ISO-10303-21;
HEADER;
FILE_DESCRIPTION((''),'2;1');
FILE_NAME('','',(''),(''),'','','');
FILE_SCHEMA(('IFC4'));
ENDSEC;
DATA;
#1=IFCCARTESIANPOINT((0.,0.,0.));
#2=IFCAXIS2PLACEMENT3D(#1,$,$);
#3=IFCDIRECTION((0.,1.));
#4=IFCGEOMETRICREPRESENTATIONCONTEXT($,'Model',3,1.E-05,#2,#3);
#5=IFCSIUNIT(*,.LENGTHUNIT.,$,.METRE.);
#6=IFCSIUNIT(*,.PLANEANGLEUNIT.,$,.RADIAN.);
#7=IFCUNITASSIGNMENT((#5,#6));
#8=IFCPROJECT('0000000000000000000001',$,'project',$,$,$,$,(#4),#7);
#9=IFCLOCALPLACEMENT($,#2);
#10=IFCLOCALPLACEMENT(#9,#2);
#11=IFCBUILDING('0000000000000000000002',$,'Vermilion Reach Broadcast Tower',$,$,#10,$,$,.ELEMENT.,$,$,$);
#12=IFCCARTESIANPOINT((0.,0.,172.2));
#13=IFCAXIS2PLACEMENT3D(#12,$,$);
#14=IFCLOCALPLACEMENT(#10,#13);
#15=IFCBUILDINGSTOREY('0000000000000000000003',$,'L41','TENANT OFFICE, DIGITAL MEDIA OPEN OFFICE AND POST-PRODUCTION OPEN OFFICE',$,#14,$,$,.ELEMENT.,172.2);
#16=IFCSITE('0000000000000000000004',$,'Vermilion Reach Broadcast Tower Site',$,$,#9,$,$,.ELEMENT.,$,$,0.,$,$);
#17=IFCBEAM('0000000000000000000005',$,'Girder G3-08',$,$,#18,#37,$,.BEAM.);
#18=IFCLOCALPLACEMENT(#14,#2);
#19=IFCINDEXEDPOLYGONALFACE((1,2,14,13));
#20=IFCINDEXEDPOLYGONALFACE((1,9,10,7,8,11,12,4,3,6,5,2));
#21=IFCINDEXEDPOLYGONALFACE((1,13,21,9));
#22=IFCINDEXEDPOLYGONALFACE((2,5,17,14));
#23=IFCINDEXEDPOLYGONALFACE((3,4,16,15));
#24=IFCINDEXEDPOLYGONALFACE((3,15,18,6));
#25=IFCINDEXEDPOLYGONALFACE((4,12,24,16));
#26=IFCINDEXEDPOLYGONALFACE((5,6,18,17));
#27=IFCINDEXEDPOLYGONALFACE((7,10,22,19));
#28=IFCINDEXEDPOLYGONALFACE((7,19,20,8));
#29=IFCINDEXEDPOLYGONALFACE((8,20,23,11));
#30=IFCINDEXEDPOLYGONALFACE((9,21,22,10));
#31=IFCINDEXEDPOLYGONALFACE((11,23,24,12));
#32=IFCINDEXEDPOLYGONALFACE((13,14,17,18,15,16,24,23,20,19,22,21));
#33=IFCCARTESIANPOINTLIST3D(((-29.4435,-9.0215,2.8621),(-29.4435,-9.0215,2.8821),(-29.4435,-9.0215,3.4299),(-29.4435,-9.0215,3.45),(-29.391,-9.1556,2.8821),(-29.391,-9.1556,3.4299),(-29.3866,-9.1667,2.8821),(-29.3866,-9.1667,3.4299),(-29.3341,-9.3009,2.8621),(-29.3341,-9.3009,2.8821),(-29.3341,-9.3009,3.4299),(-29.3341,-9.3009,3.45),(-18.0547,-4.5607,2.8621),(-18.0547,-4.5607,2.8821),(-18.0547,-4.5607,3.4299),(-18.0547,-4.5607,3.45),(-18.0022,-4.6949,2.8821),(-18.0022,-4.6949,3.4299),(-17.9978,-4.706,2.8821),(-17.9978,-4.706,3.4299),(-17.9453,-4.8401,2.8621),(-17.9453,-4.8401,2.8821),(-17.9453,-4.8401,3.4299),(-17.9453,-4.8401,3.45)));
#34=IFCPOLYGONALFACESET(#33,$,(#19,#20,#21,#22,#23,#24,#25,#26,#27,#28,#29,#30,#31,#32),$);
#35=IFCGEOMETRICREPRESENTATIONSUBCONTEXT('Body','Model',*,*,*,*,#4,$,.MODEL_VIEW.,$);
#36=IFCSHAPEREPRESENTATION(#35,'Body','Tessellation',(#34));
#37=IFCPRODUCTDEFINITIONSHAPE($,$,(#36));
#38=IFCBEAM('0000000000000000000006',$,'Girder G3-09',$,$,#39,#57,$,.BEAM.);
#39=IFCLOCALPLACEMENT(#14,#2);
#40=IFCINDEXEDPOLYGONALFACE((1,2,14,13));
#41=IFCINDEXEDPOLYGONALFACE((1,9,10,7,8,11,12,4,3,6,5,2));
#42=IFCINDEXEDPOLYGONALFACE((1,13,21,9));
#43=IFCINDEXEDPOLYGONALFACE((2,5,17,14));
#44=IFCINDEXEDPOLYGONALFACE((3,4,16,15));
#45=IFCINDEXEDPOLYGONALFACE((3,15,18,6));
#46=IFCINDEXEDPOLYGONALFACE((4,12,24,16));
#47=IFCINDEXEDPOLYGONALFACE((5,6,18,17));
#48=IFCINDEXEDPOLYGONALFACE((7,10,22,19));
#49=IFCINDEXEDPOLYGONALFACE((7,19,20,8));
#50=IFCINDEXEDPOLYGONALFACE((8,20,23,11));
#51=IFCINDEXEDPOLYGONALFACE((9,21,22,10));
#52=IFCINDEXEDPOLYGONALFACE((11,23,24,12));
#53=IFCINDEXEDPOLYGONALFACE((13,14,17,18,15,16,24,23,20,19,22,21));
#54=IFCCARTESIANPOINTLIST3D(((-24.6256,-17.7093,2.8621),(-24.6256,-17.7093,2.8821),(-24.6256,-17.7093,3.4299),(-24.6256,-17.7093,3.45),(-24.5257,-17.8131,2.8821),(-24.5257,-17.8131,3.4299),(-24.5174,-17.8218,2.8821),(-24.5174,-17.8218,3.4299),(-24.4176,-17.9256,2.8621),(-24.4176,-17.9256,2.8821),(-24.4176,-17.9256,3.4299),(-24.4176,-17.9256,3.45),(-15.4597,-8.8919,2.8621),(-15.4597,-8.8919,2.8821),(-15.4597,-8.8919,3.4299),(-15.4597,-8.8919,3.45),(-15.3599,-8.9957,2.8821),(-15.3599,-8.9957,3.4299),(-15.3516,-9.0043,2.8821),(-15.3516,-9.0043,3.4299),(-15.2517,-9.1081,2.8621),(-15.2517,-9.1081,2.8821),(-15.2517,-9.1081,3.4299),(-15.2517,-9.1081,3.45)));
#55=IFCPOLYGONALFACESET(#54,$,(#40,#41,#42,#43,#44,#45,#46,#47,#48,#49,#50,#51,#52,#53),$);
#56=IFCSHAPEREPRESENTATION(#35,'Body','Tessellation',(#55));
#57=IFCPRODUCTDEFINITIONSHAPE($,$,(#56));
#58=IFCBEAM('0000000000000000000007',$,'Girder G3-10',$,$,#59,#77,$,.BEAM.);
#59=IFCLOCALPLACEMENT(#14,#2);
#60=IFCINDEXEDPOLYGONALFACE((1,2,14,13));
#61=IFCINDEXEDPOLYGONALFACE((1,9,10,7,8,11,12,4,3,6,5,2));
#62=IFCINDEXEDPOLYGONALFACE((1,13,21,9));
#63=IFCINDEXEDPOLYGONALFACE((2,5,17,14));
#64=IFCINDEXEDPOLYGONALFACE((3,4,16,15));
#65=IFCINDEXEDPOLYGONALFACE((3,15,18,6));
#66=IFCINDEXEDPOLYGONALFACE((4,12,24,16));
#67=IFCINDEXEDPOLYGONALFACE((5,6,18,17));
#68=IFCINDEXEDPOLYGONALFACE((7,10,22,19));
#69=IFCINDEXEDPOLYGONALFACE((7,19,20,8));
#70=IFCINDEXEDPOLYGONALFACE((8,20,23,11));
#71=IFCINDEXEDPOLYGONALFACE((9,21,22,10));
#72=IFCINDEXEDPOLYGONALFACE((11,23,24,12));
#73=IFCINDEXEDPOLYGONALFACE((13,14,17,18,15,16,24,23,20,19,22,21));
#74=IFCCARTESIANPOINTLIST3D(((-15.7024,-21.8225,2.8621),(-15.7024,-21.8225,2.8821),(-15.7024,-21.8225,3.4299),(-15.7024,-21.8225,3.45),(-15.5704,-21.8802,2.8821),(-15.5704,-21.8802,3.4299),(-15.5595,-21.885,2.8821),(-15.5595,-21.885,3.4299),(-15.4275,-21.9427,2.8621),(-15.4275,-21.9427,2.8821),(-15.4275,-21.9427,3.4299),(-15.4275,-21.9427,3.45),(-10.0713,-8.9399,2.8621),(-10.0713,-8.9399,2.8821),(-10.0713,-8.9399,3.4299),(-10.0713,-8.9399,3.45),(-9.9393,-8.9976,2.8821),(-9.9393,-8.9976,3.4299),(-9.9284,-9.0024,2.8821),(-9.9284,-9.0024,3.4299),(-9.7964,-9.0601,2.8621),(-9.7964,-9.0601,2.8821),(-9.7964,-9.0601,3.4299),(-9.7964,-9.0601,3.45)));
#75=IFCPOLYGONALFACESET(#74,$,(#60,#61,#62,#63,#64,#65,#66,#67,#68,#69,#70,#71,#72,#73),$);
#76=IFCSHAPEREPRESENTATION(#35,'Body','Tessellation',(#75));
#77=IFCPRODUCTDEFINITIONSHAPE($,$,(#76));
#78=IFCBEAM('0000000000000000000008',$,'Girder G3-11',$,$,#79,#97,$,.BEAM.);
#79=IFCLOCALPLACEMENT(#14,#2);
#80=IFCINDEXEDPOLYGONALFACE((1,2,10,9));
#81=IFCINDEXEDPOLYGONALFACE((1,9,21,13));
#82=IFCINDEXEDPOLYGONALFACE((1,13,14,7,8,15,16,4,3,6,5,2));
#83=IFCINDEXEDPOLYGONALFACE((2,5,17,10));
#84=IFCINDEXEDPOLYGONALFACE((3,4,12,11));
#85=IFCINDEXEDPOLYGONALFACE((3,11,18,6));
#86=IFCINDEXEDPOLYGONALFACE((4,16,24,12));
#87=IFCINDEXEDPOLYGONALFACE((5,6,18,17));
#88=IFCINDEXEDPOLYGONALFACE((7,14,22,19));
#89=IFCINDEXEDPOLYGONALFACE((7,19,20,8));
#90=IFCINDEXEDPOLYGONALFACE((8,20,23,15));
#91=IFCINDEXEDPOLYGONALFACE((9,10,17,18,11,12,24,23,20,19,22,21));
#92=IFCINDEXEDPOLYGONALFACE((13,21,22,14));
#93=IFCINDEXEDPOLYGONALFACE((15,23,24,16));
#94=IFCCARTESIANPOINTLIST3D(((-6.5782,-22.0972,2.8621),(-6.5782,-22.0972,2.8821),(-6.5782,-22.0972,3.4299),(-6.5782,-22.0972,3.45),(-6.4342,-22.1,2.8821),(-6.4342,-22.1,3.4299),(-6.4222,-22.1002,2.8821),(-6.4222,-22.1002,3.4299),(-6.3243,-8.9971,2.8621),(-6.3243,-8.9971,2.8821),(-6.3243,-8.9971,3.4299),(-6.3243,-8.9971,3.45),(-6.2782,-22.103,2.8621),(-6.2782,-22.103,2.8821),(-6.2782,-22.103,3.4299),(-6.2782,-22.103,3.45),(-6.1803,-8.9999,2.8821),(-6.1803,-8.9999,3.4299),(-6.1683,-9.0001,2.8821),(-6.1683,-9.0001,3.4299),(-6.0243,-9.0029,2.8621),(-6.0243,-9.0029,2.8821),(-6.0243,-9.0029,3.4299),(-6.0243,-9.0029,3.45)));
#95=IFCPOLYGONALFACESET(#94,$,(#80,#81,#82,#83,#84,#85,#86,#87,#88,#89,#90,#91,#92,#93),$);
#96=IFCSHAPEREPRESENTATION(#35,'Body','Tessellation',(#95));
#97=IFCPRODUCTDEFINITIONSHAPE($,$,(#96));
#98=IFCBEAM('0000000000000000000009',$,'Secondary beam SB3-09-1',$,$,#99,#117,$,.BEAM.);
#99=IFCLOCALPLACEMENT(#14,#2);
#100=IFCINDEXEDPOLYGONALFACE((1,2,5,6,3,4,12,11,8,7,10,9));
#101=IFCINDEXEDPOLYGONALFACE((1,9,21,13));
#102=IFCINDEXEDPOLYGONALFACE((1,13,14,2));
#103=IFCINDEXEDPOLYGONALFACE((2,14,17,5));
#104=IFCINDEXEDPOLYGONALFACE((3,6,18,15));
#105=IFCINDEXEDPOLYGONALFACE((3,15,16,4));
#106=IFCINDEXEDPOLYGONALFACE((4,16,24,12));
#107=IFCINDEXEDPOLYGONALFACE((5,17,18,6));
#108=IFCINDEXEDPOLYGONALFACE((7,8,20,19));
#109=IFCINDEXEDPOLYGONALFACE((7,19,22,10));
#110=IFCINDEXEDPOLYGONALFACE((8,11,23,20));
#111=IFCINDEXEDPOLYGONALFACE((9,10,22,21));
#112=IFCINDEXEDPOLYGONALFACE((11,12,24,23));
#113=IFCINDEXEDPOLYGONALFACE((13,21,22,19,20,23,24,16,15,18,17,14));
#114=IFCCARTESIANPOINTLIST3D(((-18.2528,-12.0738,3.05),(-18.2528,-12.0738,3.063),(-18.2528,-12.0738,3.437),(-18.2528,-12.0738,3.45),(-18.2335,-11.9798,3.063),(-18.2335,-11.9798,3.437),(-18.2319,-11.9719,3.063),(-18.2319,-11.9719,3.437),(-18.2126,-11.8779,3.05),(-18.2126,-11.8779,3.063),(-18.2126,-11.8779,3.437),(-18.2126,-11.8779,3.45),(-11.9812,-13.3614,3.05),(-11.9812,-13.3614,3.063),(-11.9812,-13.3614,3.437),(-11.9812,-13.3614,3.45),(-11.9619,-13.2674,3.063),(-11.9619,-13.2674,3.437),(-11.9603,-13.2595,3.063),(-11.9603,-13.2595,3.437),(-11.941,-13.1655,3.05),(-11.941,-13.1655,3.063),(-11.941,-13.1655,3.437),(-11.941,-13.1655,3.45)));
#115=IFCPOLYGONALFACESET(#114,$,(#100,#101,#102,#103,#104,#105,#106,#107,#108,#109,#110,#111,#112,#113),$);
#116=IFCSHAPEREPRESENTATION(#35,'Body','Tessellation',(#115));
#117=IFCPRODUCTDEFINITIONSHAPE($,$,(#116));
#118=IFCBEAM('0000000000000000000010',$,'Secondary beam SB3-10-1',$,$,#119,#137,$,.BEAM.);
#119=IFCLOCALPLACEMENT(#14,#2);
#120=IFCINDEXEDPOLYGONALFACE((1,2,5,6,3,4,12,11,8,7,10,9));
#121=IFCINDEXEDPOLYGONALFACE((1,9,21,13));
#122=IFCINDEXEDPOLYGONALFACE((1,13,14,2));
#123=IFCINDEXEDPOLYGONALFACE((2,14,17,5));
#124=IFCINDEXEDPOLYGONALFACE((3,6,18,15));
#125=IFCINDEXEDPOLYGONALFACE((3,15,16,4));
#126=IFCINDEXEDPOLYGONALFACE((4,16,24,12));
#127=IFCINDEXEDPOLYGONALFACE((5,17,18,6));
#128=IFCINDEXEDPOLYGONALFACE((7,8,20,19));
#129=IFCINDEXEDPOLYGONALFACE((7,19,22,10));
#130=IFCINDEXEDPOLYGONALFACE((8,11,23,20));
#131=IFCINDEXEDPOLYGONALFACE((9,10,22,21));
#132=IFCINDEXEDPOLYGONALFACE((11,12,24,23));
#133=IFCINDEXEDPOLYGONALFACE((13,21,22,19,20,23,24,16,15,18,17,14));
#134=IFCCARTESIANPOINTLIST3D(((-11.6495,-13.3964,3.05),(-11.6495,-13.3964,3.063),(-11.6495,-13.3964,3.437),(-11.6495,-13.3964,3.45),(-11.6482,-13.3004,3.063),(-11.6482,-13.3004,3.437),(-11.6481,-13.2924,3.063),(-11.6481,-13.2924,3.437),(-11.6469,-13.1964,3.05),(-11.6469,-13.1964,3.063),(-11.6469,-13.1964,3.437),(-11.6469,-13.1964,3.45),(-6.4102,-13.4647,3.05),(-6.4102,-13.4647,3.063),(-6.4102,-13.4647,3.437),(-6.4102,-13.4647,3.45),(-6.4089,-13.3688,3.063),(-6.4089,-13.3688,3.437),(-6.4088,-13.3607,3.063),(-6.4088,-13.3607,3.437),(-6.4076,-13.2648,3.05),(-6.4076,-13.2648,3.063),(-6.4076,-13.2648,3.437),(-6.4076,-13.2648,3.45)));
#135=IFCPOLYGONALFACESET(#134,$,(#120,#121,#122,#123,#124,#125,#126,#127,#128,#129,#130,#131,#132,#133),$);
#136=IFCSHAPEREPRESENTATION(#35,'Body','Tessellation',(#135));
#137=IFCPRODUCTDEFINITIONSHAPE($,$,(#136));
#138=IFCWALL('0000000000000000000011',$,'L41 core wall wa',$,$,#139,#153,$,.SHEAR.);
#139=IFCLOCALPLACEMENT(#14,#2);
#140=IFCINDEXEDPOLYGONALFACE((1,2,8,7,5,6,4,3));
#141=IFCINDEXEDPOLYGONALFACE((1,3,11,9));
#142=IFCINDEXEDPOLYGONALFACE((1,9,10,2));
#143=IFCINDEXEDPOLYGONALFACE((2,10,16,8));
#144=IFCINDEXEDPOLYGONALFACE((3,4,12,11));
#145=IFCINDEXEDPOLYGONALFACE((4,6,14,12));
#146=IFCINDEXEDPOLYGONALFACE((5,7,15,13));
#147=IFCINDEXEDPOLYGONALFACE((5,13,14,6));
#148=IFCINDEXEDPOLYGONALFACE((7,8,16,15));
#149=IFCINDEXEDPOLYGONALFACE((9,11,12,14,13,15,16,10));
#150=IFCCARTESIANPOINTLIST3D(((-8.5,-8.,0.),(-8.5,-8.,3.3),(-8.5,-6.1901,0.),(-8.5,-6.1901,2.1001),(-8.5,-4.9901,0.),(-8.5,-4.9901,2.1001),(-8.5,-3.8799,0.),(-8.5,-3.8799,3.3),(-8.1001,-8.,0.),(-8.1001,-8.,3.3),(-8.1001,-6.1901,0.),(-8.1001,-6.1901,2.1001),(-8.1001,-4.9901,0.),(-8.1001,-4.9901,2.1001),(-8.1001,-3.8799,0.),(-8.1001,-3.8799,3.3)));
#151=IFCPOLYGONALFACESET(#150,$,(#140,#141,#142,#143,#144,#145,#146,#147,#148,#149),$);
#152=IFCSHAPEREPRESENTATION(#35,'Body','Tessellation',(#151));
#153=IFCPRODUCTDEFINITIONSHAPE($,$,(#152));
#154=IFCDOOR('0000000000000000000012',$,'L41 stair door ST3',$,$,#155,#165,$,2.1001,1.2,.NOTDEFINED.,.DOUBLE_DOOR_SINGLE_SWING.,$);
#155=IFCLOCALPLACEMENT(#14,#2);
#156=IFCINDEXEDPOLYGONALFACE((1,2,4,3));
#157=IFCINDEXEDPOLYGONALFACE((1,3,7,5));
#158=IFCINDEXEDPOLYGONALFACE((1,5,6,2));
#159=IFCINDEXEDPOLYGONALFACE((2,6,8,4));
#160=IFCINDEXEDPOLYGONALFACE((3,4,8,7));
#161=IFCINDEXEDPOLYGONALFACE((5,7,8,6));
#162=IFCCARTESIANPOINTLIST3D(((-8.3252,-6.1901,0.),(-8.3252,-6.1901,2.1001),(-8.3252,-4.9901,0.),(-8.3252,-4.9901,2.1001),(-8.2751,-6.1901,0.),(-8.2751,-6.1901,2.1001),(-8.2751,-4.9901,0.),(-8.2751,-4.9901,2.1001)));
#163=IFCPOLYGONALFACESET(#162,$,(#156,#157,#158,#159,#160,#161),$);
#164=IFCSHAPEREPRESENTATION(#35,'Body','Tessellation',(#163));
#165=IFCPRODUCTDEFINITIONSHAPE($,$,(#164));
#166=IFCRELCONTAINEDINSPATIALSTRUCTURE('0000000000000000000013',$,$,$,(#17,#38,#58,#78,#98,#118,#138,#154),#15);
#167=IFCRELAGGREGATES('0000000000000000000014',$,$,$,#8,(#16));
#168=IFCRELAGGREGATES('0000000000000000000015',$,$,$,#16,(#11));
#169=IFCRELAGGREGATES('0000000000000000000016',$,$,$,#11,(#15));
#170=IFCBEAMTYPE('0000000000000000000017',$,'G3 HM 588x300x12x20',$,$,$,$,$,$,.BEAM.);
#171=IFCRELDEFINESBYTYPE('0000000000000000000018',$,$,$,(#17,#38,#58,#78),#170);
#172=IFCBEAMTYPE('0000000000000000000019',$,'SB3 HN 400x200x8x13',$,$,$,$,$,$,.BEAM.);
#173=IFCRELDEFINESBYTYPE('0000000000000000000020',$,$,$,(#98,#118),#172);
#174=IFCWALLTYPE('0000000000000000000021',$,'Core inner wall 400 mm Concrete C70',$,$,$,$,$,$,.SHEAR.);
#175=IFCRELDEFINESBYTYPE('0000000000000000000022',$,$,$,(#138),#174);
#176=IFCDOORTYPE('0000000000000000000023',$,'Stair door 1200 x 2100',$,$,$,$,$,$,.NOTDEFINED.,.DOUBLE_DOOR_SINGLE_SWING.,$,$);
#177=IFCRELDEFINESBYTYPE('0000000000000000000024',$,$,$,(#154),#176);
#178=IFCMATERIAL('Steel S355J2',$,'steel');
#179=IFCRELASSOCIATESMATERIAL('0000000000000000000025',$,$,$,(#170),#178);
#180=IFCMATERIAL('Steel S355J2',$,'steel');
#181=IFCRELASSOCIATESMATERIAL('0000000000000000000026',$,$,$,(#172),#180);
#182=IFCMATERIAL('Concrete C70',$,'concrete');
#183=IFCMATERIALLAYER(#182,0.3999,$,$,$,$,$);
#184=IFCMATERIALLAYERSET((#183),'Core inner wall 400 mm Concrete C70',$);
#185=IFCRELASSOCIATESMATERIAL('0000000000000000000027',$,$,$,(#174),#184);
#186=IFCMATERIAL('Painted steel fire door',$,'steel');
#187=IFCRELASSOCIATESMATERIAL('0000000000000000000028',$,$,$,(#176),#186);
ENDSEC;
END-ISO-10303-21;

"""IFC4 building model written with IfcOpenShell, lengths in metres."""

from ifc_helpers import new_model, si_unit, direction, frame, frame_2d, origin, origin_2d, place, context, subcontext, project, spatial, rectangle, i_section, extrude, material, layer, layer_set, material_profile, profile_set, type_object, element, fill, save


model = new_model("IFC4")

# Units and contexts
model_context = context("Model", 3, precision=1e-05, world=origin(), true_north=direction((0.0, 1.0)))
body_context = subcontext(model_context, "Body", "Model", "MODEL_VIEW")
ifc_project = project(units=[si_unit("LENGTHUNIT", "METRE"), si_unit("PLANEANGLEUNIT", "RADIAN")], contexts=[model_context])

# Site, building, storey
site_placement = place(None, origin())
site = spatial("IfcSite", under=ifc_project, at=site_placement, Name="Vermilion Reach Broadcast Tower Site", CompositionType="ELEMENT", RefElevation=0.0)
building_placement = place(site_placement, origin())
building = spatial("IfcBuilding", under=site, at=building_placement, Name="Vermilion Reach Broadcast Tower", CompositionType="ELEMENT")
storey_placement = place(building_placement, frame((0.0, 0.0, 172.2)))
storey = spatial("IfcBuildingStorey", under=building, at=storey_placement, Name="L41", Description="TENANT OFFICE, DIGITAL MEDIA OPEN OFFICE AND POST-PRODUCTION OPEN OFFICE", CompositionType="ELEMENT", Elevation=172.2)

# Beams
ifc_material_1 = material(Name="Steel S355J2", Category="steel")
ifc_material_profile_1 = material_profile(ifc_material_1, i_section(OverallWidth=0.3, OverallDepth=0.5879, WebThickness=0.012, FlangeThickness=0.02, at=origin_2d()), Name="S355J2 HM 588x300x12x20")
ifc_profile_set_1 = profile_set([ifc_material_profile_1], Name="Steel S355J2")
beam_type_1 = type_object("IfcBeamType", Name="G3 HM 588x300x12x20", PredefinedType="BEAM", material=ifc_profile_set_1)
beam_1_placement = place(storey_placement, frame((-18.0, -4.7004, 3.156), z_axis=(-0.931125, -0.364701, 0.0), x_axis=(0.364701, -0.931125, 0.0)))
element("IfcBeam", 1, at=beam_1_placement, inside=storey, type_object=beam_type_1, Name="Girder G3-08", PredefinedType="BEAM", context=body_context, shape_type="SweptSolid", body=[
    extrude(i_section(OverallWidth=0.3, OverallDepth=0.5879, WebThickness=0.012, FlangeThickness=0.02, at=origin_2d()), origin(), (0.0, 0.0, 1.0), 12.2312),
])
beam_2_placement = place(storey_placement, frame((-15.3557, -9.0, 3.156), z_axis=(-0.72067, -0.693278, 0.0), x_axis=(0.693278, -0.72067, 0.0)))
element("IfcBeam", 2, at=beam_2_placement, inside=storey, type_object=beam_type_1, Name="Girder G3-09", PredefinedType="BEAM", context=body_context, shape_type="SweptSolid", body=[
    extrude(i_section(OverallWidth=0.3, OverallDepth=0.5879, WebThickness=0.012, FlangeThickness=0.02, at=origin_2d()), origin(), (0.0, 0.0, 1.0), 12.7185),
])
beam_3_placement = place(storey_placement, frame((-9.9338, -9.0, 3.156), z_axis=(-0.400519, -0.916288, 0.0), x_axis=(0.916288, -0.400519, 0.0)))
element("IfcBeam", 3, at=beam_3_placement, inside=storey, type_object=beam_type_1, Name="Girder G3-10", PredefinedType="BEAM", context=body_context, shape_type="SweptSolid", body=[
    extrude(i_section(OverallWidth=0.3, OverallDepth=0.5879, WebThickness=0.012, FlangeThickness=0.02, at=origin_2d()), origin(), (0.0, 0.0, 1.0), 14.0596),
])
beam_4_placement = place(storey_placement, frame((-6.1743, -9.0, 3.156), z_axis=(-0.019378, -0.999812, 0.0), x_axis=(0.999812, -0.019378, 0.0)))
element("IfcBeam", 4, at=beam_4_placement, inside=storey, type_object=beam_type_1, Name="Girder G3-11", PredefinedType="BEAM", context=body_context, shape_type="SweptSolid", body=[
    extrude(i_section(OverallWidth=0.3, OverallDepth=0.5879, WebThickness=0.012, FlangeThickness=0.02, at=origin_2d()), origin(), (0.0, 0.0, 1.0), 13.1025),
])
ifc_material_2 = material(Name="Steel S355J2", Category="steel")
ifc_material_profile_2 = material_profile(ifc_material_2, i_section(OverallWidth=0.2, OverallDepth=0.3999, WebThickness=0.0081, FlangeThickness=0.0129, at=origin_2d()), Name="S355J2 HN 400x200x8x13")
ifc_profile_set_2 = profile_set([ifc_material_profile_2], Name="Steel S355J2")
beam_type_2 = type_object("IfcBeamType", Name="SB3 HN 400x200x8x13", PredefinedType="BEAM", material=ifc_profile_set_2)
beam_5_placement = place(storey_placement, frame((-18.2327, -11.9758, 3.25), z_axis=(0.979568, -0.201115, 0.0), x_axis=(0.201115, 0.979568, 0.0)))
element("IfcBeam", 5, at=beam_5_placement, inside=storey, type_object=beam_type_2, Name="Secondary beam SB3-09-1", PredefinedType="BEAM", context=body_context, shape_type="SweptSolid", body=[
    extrude(i_section(OverallWidth=0.2, OverallDepth=0.3999, WebThickness=0.0081, FlangeThickness=0.0129, at=origin_2d()), origin(), (0.0, 0.0, 1.0), 6.4023),
])
beam_6_placement = place(storey_placement, frame((-11.6482, -13.2964, 3.25), z_axis=(0.999915, -0.013046, 0.0), x_axis=(0.013046, 0.999915, 0.0)))
element("IfcBeam", 6, at=beam_6_placement, inside=storey, type_object=beam_type_2, Name="Secondary beam SB3-10-1", PredefinedType="BEAM", context=body_context, shape_type="SweptSolid", body=[
    extrude(i_section(OverallWidth=0.2, OverallDepth=0.3999, WebThickness=0.0081, FlangeThickness=0.0129, at=origin_2d()), origin(), (0.0, 0.0, 1.0), 5.2397),
])

# Wall, opening, door
ifc_material_3 = material(Name="Concrete C70", Category="concrete")
ifc_layer_1 = layer(ifc_material_3, 0.3999)
ifc_layer_set_1 = layer_set([ifc_layer_1], Name="Core inner wall 400 mm Concrete C70")
wall_type_1 = type_object("IfcWallType", Name="Core inner wall 400 mm Concrete C70", PredefinedType="SHEAR", material=ifc_layer_set_1)
wall_1_placement = place(storey_placement, frame((-8.3, -3.8799, 0.0), z_axis=(0.0, 0.0, 1.0), x_axis=(0.0, -1.0, 0.0)))
wall_1 = element("IfcWall", 7, at=wall_1_placement, inside=storey, type_object=wall_type_1, Name="L41 core wall wa", PredefinedType="SHEAR", context=body_context, shape_type="SweptSolid", body=[
    extrude(rectangle(XDim=4.1201, YDim=0.3999, at=frame_2d((2.0601, 0.0))), origin(), (0.0, 0.0, 1.0), 3.3),
])
opening_1_placement = place(wall_1_placement, frame((1.1101, 0.0, 0.0)))
opening_1 = element("IfcOpeningElement", 8, at=opening_1_placement, cuts=wall_1, PredefinedType="OPENING", context=body_context, shape_type="SweptSolid", body=[
    extrude(rectangle(XDim=1.2, YDim=2.1001, at=frame_2d((0.6001, 1.05))), frame((0.0, 0.21, 0.0), z_axis=(0.0, -1.0, 0.0), x_axis=(1.0, 0.0, 0.0)), (0.0, 0.0, 1.0), 0.4199),
])
ifc_material_4 = material(Name="Painted steel fire door", Category="steel")
door_type_1 = type_object("IfcDoorType", Name="Stair door 1200 x 2100", OperationType="DOUBLE_DOOR_SINGLE_SWING", PredefinedType="NOTDEFINED", material=ifc_material_4)
door_1_placement = place(opening_1_placement, origin())
door_1 = element("IfcDoor", 9, at=door_1_placement, inside=storey, type_object=door_type_1, Name="L41 stair door ST3", OperationType="DOUBLE_DOOR_SINGLE_SWING", OverallHeight=2.1001, OverallWidth=1.2, PredefinedType="NOTDEFINED", context=body_context, shape_type="SweptSolid", body=[
    extrude(rectangle(XDim=1.2, YDim=2.1001, at=frame_2d((0.6001, 1.05))), frame((0.0, 0.0249, 0.0), z_axis=(0.0, -1.0, 0.0), x_axis=(1.0, 0.0, 0.0)), (0.0, 0.0, 1.0), 0.05),
])
fill(opening_1, door_1)

save(model, "model.ifc")
